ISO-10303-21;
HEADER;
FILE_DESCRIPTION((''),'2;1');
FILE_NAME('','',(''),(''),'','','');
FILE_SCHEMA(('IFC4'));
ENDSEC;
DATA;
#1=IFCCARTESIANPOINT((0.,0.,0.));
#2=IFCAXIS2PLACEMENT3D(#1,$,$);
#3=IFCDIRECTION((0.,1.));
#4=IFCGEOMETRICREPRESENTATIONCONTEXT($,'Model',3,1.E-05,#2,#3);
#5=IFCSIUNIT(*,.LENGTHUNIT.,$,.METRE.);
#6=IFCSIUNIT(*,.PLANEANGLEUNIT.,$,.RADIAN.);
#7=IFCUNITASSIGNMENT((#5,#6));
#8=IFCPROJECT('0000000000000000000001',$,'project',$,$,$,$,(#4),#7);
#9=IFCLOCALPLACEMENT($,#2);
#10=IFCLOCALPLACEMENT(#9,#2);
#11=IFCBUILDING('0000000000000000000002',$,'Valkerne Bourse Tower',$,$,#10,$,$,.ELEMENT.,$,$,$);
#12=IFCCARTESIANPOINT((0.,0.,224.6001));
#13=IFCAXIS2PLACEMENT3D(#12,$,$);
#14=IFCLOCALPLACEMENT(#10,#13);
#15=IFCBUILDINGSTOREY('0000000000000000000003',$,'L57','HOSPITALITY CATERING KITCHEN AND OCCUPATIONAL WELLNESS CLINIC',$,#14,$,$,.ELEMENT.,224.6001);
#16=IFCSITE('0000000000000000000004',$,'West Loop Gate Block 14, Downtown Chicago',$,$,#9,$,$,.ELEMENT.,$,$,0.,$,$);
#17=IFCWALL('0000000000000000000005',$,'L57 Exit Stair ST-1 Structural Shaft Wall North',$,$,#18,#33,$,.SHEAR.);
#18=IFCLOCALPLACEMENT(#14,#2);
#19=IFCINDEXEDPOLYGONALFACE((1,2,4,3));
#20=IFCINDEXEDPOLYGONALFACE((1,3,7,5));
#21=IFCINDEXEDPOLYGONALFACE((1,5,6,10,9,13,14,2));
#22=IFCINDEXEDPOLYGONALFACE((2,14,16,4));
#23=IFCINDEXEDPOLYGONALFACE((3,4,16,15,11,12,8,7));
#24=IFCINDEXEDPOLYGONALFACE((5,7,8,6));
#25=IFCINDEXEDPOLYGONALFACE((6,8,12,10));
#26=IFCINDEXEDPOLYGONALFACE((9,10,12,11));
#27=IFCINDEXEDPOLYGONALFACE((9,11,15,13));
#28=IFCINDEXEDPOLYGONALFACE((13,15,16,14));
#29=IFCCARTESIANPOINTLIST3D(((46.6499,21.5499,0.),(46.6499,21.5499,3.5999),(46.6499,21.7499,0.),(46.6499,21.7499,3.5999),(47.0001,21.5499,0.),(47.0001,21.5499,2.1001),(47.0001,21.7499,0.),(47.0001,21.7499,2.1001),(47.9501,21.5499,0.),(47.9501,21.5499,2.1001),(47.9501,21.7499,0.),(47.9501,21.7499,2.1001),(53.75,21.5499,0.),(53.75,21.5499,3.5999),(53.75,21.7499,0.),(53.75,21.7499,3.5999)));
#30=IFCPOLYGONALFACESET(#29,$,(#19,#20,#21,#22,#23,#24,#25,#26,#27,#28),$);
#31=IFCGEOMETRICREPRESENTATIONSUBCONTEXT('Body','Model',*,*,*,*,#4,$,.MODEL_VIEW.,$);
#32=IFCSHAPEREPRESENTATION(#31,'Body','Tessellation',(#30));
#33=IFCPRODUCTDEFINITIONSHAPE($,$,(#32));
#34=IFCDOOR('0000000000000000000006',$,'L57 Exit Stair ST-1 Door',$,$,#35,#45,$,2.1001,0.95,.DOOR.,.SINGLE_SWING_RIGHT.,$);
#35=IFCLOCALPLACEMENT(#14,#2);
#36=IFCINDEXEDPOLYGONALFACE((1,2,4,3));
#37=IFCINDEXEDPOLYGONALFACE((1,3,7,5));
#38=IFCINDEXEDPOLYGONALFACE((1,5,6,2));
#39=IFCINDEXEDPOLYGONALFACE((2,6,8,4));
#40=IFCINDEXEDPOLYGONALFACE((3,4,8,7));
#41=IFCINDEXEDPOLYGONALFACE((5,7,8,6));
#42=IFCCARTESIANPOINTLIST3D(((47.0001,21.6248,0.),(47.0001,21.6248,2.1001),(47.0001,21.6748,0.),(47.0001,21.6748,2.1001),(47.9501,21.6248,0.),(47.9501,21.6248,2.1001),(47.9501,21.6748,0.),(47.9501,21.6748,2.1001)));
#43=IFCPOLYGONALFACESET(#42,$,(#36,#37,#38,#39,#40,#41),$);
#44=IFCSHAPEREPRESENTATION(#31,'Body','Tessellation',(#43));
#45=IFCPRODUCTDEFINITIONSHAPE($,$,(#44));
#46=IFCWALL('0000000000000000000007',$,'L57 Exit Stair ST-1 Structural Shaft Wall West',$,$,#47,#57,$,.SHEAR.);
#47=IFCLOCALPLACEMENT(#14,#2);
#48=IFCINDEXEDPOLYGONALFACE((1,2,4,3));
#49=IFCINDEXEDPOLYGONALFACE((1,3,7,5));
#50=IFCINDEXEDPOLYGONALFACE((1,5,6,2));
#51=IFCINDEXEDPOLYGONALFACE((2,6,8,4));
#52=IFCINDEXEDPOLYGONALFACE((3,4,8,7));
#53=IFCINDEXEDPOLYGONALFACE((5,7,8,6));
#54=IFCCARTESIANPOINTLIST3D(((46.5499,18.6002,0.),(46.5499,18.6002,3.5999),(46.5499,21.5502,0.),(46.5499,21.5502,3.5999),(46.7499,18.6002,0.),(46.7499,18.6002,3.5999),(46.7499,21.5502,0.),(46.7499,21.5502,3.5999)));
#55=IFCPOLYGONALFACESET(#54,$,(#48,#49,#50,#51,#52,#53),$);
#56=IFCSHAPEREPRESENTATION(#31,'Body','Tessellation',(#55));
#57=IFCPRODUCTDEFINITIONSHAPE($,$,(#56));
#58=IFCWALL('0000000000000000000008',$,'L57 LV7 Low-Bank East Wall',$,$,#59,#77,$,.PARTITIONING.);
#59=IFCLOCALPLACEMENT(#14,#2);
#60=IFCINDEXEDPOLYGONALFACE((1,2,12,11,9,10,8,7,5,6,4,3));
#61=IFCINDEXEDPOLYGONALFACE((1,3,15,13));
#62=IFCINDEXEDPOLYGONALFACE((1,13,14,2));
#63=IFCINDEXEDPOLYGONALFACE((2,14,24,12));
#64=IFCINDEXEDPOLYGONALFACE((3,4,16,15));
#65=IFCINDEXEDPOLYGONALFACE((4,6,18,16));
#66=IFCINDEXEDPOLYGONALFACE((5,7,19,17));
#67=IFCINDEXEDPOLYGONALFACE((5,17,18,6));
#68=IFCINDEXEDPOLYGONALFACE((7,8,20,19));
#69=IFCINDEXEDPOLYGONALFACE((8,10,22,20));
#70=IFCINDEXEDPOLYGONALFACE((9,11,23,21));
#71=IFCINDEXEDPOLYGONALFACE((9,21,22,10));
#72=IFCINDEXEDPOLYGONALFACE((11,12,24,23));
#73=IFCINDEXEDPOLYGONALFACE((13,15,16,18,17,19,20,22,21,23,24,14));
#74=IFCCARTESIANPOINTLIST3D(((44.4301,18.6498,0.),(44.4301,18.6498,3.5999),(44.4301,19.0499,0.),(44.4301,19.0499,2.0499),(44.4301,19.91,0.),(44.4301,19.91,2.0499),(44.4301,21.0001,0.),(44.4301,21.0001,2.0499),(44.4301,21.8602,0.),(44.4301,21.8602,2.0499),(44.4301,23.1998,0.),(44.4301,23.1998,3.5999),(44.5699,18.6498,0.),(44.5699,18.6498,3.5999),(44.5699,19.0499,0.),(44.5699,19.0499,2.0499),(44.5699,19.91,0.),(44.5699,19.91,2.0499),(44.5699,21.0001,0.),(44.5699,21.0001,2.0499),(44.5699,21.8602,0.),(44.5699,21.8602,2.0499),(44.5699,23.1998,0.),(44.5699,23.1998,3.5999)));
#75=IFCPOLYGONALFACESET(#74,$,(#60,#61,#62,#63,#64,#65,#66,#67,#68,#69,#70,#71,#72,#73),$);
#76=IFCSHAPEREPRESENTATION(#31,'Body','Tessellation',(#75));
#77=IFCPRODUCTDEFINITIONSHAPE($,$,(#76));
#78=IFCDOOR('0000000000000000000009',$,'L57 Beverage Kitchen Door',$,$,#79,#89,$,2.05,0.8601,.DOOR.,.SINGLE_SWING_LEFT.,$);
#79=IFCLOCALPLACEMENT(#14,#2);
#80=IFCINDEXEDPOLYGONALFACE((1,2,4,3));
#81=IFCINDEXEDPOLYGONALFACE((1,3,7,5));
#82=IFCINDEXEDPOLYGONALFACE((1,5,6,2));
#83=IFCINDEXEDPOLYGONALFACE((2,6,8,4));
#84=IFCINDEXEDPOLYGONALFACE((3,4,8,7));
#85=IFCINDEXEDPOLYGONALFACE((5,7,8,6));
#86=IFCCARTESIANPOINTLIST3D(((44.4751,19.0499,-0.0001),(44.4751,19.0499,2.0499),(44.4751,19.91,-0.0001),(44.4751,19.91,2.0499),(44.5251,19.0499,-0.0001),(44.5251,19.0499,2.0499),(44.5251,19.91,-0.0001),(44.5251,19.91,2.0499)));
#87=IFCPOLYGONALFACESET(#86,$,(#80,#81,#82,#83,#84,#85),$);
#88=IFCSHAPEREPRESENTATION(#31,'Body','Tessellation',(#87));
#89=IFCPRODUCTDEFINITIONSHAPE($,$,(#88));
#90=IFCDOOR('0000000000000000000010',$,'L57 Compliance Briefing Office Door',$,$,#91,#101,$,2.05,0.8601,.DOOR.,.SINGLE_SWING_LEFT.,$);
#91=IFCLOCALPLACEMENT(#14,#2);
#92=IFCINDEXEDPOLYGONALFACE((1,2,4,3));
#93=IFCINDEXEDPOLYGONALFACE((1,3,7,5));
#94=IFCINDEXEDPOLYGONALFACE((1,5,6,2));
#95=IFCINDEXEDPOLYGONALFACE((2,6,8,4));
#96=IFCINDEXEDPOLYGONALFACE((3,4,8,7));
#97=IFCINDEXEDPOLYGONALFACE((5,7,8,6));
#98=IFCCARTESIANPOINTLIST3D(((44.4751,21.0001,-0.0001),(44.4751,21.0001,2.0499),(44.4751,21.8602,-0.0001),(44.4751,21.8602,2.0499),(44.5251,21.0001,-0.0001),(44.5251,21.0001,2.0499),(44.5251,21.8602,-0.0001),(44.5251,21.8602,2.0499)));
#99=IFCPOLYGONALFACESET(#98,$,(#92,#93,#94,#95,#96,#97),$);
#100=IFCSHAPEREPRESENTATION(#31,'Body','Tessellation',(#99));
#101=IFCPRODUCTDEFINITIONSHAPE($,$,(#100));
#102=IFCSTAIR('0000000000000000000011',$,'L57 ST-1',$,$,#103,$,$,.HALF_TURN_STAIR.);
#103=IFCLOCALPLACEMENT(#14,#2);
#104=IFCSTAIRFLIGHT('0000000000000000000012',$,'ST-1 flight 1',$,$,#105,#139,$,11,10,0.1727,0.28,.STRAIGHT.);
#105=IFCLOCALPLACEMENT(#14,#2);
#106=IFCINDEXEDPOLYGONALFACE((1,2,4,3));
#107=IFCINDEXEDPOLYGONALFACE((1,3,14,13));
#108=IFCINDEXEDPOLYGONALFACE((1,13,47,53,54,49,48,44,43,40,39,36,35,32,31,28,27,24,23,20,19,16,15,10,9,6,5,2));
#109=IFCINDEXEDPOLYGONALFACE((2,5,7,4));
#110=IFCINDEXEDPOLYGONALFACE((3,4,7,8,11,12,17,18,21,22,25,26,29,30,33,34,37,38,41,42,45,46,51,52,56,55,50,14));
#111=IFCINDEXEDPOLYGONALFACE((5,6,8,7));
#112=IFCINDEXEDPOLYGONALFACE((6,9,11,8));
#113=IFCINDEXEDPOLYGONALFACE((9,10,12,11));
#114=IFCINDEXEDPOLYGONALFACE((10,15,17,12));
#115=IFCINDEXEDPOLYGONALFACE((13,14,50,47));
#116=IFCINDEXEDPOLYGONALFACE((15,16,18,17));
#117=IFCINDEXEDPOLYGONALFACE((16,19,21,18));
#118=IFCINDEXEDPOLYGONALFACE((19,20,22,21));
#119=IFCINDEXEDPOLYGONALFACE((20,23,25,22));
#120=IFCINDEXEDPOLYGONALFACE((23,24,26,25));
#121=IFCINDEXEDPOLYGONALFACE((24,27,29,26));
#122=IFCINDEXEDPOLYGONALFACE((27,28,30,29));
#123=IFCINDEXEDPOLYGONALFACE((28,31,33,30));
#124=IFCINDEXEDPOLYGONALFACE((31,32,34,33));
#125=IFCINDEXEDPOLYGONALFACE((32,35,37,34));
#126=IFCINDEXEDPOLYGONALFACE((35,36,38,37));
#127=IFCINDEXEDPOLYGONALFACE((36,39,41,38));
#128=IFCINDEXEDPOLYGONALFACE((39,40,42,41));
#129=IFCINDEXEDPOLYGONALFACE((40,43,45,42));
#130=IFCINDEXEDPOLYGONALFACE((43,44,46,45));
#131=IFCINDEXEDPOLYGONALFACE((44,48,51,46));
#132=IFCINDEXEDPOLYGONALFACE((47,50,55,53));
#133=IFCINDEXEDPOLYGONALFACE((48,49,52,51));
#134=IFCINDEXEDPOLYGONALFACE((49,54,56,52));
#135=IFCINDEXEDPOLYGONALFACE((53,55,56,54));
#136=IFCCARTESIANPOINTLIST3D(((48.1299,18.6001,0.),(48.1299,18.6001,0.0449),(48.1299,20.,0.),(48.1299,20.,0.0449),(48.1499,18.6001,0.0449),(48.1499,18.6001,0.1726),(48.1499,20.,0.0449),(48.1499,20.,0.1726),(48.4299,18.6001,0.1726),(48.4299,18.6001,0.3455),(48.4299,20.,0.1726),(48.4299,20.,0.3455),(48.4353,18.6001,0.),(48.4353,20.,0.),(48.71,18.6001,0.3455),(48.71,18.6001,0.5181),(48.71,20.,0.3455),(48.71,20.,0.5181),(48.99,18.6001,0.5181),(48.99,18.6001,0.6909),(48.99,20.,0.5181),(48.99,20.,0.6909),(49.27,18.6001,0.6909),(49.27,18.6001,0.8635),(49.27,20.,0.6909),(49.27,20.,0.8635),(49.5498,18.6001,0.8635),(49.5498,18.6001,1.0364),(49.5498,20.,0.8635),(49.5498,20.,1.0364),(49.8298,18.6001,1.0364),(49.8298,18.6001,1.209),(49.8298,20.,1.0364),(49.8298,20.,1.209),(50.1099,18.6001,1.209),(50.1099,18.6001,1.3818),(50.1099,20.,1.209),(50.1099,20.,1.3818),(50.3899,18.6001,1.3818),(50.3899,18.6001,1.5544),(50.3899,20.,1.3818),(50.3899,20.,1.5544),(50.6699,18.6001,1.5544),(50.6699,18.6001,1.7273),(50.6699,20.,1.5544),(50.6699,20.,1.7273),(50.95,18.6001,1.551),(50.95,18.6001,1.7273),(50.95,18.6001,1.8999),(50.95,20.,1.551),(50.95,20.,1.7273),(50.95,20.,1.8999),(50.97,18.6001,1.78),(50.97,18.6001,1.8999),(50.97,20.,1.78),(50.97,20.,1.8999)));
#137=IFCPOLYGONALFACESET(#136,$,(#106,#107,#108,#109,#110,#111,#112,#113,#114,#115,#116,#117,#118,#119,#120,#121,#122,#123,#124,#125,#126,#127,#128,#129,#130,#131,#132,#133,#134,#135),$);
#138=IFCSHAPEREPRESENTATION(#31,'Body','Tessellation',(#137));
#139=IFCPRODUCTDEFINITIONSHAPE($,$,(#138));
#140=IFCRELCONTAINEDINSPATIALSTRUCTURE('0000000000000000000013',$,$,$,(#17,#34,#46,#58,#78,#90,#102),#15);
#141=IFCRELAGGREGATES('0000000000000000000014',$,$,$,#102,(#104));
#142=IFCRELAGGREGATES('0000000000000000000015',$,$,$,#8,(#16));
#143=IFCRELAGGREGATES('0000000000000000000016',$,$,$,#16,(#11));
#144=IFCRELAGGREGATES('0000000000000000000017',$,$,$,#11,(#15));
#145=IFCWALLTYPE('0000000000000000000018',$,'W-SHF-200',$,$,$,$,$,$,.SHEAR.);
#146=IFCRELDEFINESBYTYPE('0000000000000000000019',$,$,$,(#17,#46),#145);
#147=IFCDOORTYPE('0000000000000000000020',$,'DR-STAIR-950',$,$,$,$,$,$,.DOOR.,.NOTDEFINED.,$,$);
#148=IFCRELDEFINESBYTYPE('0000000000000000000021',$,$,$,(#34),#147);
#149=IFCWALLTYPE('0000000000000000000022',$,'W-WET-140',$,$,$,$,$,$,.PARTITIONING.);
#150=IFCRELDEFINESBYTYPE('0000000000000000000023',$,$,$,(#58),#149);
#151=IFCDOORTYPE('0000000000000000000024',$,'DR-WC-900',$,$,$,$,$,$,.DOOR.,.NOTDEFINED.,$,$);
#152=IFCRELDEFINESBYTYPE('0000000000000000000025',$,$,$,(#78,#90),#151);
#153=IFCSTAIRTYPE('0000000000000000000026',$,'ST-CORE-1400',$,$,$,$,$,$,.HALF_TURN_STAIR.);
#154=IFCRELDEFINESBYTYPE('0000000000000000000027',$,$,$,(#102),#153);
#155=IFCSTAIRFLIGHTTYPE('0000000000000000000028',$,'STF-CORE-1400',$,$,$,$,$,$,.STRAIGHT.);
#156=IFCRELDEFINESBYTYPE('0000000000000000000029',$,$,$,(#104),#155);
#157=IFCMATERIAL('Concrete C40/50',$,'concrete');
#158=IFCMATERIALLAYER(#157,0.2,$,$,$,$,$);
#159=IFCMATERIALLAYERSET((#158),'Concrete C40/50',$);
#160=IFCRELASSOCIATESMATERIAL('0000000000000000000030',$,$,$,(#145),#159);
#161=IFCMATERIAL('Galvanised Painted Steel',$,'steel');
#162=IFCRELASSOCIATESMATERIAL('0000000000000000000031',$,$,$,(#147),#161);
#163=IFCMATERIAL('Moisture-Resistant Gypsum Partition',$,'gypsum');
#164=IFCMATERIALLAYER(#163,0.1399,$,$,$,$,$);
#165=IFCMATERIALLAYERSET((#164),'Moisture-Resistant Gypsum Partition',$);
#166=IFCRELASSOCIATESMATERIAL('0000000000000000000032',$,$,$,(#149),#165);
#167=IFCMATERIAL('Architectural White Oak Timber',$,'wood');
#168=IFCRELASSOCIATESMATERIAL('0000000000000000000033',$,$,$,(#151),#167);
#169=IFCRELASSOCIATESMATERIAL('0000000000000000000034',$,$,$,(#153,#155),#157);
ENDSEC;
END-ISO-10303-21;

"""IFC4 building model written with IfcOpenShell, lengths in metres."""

from ifc_helpers import new_model, si_unit, direction, frame, frame_2d, origin, place, context, subcontext, project, spatial, polyline, rectangle, outline, extrude, material, layer, layer_set, type_object, element, fill, aggregate, save


model = new_model("IFC4")

# Units and contexts
model_context = context("Model", 3, precision=1e-05, world=origin(), true_north=direction((0.0, 1.0)))
body_context = subcontext(model_context, "Body", "Model", "MODEL_VIEW")
ifc_project = project(units=[si_unit("LENGTHUNIT", "METRE"), si_unit("PLANEANGLEUNIT", "RADIAN")], contexts=[model_context])

# Site, building, storey
site_placement = place(None, origin())
site = spatial("IfcSite", under=ifc_project, at=site_placement, Name="West Loop Gate Block 14, Downtown Chicago", CompositionType="ELEMENT", RefElevation=0.0)
building_placement = place(site_placement, origin())
building = spatial("IfcBuilding", under=site, at=building_placement, Name="Valkerne Bourse Tower", CompositionType="ELEMENT")
storey_placement = place(building_placement, frame((0.0, 0.0, 224.6001)))
storey = spatial("IfcBuildingStorey", under=building, at=storey_placement, Name="L57", Description="HOSPITALITY CATERING KITCHEN AND OCCUPATIONAL WELLNESS CLINIC", CompositionType="ELEMENT", Elevation=224.6001)

# Shared definitions
ifc_material_1 = material(Name="Galvanised Painted Steel", Category="steel")

# Wall, opening, door
ifc_material_2 = material(Name="Concrete C40/50", Category="concrete")
ifc_layer_1 = layer(ifc_material_2, 0.2)
ifc_layer_set_1 = layer_set([ifc_layer_1], Name="Concrete C40/50")
wall_type_1 = type_object("IfcWallType", Name="W-SHF-200", PredefinedType="SHEAR", material=ifc_layer_set_1)
wall_1_placement = place(storey_placement, frame((46.6499, 21.6499, 0.0), z_axis=(0.0, 0.0, 1.0), x_axis=(1.0, 0.0, 0.0)))
wall_1 = element("IfcWall", 1, at=wall_1_placement, inside=storey, type_object=wall_type_1, Name="L57 Exit Stair ST-1 Structural Shaft Wall North", PredefinedType="SHEAR", context=body_context, shape_type="SweptSolid", body=[
    extrude(rectangle(XDim=7.1001, YDim=0.2, at=frame_2d((3.55, 0.0))), origin(), (0.0, 0.0, 1.0), 3.5999),
])
opening_1_placement = place(wall_1_placement, frame((0.3501, 0.0, 0.0)))
opening_1 = element("IfcOpeningElement", 2, at=opening_1_placement, cuts=wall_1, PredefinedType="OPENING", context=body_context, shape_type="SweptSolid", body=[
    extrude(rectangle(XDim=0.95, YDim=2.1001, at=frame_2d((0.4751, 1.05))), frame((0.0, 0.1099, 0.0), z_axis=(0.0, -1.0, 0.0), x_axis=(1.0, 0.0, 0.0)), (0.0, 0.0, 1.0), 0.22),
])
door_type_1 = type_object("IfcDoorType", Name="DR-STAIR-950", OperationType="NOTDEFINED", PredefinedType="DOOR", material=ifc_material_1)
door_1_placement = place(opening_1_placement, origin())
door_1 = element("IfcDoor", 3, at=door_1_placement, inside=storey, type_object=door_type_1, Name="L57 Exit Stair ST-1 Door", OperationType="SINGLE_SWING_RIGHT", OverallHeight=2.1001, OverallWidth=0.95, PredefinedType="DOOR", context=body_context, shape_type="SweptSolid", body=[
    extrude(rectangle(XDim=0.95, YDim=2.1001, at=frame_2d((0.4751, 1.05))), frame((0.0, 0.0249, 0.0), z_axis=(0.0, -1.0, 0.0), x_axis=(1.0, 0.0, 0.0)), (0.0, 0.0, 1.0), 0.05),
])
fill(opening_1, door_1)

# Wall
wall_2_placement = place(storey_placement, frame((46.6499, 18.6001, 0.0), z_axis=(0.0, 0.0, 1.0), x_axis=(0.0, 1.0, 0.0)))
element("IfcWall", 4, at=wall_2_placement, inside=storey, type_object=wall_type_1, Name="L57 Exit Stair ST-1 Structural Shaft Wall West", PredefinedType="SHEAR", context=body_context, shape_type="SweptSolid", body=[
    extrude(rectangle(XDim=2.95, YDim=0.2, at=frame_2d((1.4751, 0.0))), origin(), (0.0, 0.0, 1.0), 3.5999),
])

# Wall, openings, doors
ifc_material_3 = material(Name="Moisture-Resistant Gypsum Partition", Category="gypsum")
ifc_layer_2 = layer(ifc_material_3, 0.1399)
ifc_layer_set_2 = layer_set([ifc_layer_2], Name="Moisture-Resistant Gypsum Partition")
wall_type_2 = type_object("IfcWallType", Name="W-WET-140", PredefinedType="PARTITIONING", material=ifc_layer_set_2)
wall_3_placement = place(storey_placement, frame((44.5, 18.6499, 0.0), z_axis=(0.0, 0.0, 1.0), x_axis=(0.0, 1.0, 0.0)))
wall_3 = element("IfcWall", 5, at=wall_3_placement, inside=storey, type_object=wall_type_2, Name="L57 LV7 Low-Bank East Wall", PredefinedType="PARTITIONING", context=body_context, shape_type="SweptSolid", body=[
    extrude(rectangle(XDim=4.55, YDim=0.1399, at=frame_2d((2.2749, 0.0))), origin(), (0.0, 0.0, 1.0), 3.5999),
])
opening_2_placement = place(wall_3_placement, frame((0.3999, 0.0, 0.0)))
opening_2 = element("IfcOpeningElement", 6, at=opening_2_placement, cuts=wall_3, PredefinedType="OPENING", context=body_context, shape_type="SweptSolid", body=[
    extrude(rectangle(XDim=0.8601, YDim=2.05, at=frame_2d((0.4302, 1.0249))), frame((0.0, 0.0798, 0.0), z_axis=(0.0, -1.0, 0.0), x_axis=(1.0, 0.0, 0.0)), (0.0, 0.0, 1.0), 0.1599),
])
opening_3_placement = place(wall_3_placement, frame((2.3501, 0.0, 0.0)))
opening_3 = element("IfcOpeningElement", 7, at=opening_3_placement, cuts=wall_3, PredefinedType="OPENING", context=body_context, shape_type="SweptSolid", body=[
    extrude(rectangle(XDim=0.8601, YDim=2.05, at=frame_2d((0.4302, 1.0249))), frame((0.0, 0.0798, 0.0), z_axis=(0.0, -1.0, 0.0), x_axis=(1.0, 0.0, 0.0)), (0.0, 0.0, 1.0), 0.1599),
])
ifc_material_4 = material(Name="Architectural White Oak Timber", Category="wood")
door_type_2 = type_object("IfcDoorType", Name="DR-WC-900", OperationType="NOTDEFINED", PredefinedType="DOOR", material=ifc_material_4)
door_2_placement = place(opening_2_placement, origin())
door_2 = element("IfcDoor", 8, at=door_2_placement, inside=storey, type_object=door_type_2, Name="L57 Beverage Kitchen Door", OperationType="SINGLE_SWING_LEFT", OverallHeight=2.05, OverallWidth=0.8601, PredefinedType="DOOR", context=body_context, shape_type="SweptSolid", body=[
    extrude(rectangle(XDim=0.8601, YDim=2.05, at=frame_2d((0.4302, 1.0249))), frame((0.0, 0.0249, 0.0), z_axis=(0.0, -1.0, 0.0), x_axis=(1.0, 0.0, 0.0)), (0.0, 0.0, 1.0), 0.05),
])
fill(opening_2, door_2)
door_3_placement = place(opening_3_placement, origin())
door_3 = element("IfcDoor", 9, at=door_3_placement, inside=storey, type_object=door_type_2, Name="L57 Compliance Briefing Office Door", OperationType="SINGLE_SWING_LEFT", OverallHeight=2.05, OverallWidth=0.8601, PredefinedType="DOOR", context=body_context, shape_type="SweptSolid", body=[
    extrude(rectangle(XDim=0.8601, YDim=2.05, at=frame_2d((0.4302, 1.0249))), frame((0.0, 0.0249, 0.0), z_axis=(0.0, -1.0, 0.0), x_axis=(1.0, 0.0, 0.0)), (0.0, 0.0, 1.0), 0.05),
])
fill(opening_3, door_3)

# Stair, stair flight
stair_type = type_object("IfcStairType", Name="ST-CORE-1400", PredefinedType="HALF_TURN_STAIR", material=ifc_material_2)
stair_placement = place(storey_placement, origin())
stair = element("IfcStair", 10, at=stair_placement, inside=storey, type_object=stair_type, Name="L57 ST-1", PredefinedType="HALF_TURN_STAIR")
stair_flight_type = type_object("IfcStairFlightType", Name="STF-CORE-1400", PredefinedType="STRAIGHT", material=ifc_material_2)
stair_flight_1_placement = place(storey_placement, frame((48.1499, 19.3, 0.0), z_axis=(0.0, 0.0, 1.0), x_axis=(1.0, 0.0, 0.0)))
stair_flight_1 = element("IfcStairFlight", 11, at=stair_flight_1_placement, type_object=stair_flight_type, Name="ST-1 flight 1", NumberOfRisers=11, NumberOfTreads=10, PredefinedType="STRAIGHT", RiserHeight=0.1727, TreadLength=0.28, context=body_context, shape_type="SweptSolid", body=[
    extrude(outline(polyline([(-0.02, 0.0), (-0.02, 0.0449), (0.0, 0.0449), (0.0, 0.1726), (0.28, 0.1726), (0.28, 0.3455), (0.5601, 0.3455), (0.5601, 0.5181), (0.8401, 0.5181), (0.8401, 0.6909), (1.1201, 0.6909), (1.1201, 0.8635), (1.3999, 0.8635), (1.3999, 1.0364), (1.6799, 1.0364), (1.6799, 1.209), (1.96, 1.209), (1.96, 1.3818), (2.24, 1.3818), (2.24, 1.5544), (2.52, 1.5544), (2.52, 1.7273), (2.8, 1.7273), (2.8, 1.8999), (2.8201, 1.8999), (2.8201, 1.78), (2.8, 1.551), (0.2854, 0.0), (-0.02, 0.0)])), frame((0.0, 0.7, 0.0), z_axis=(0.0, -1.0, 0.0), x_axis=(1.0, 0.0, 0.0)), (0.0, 0.0, 1.0), 1.3999),
])
aggregate(stair, [stair_flight_1])

save(model, "model.ifc")
